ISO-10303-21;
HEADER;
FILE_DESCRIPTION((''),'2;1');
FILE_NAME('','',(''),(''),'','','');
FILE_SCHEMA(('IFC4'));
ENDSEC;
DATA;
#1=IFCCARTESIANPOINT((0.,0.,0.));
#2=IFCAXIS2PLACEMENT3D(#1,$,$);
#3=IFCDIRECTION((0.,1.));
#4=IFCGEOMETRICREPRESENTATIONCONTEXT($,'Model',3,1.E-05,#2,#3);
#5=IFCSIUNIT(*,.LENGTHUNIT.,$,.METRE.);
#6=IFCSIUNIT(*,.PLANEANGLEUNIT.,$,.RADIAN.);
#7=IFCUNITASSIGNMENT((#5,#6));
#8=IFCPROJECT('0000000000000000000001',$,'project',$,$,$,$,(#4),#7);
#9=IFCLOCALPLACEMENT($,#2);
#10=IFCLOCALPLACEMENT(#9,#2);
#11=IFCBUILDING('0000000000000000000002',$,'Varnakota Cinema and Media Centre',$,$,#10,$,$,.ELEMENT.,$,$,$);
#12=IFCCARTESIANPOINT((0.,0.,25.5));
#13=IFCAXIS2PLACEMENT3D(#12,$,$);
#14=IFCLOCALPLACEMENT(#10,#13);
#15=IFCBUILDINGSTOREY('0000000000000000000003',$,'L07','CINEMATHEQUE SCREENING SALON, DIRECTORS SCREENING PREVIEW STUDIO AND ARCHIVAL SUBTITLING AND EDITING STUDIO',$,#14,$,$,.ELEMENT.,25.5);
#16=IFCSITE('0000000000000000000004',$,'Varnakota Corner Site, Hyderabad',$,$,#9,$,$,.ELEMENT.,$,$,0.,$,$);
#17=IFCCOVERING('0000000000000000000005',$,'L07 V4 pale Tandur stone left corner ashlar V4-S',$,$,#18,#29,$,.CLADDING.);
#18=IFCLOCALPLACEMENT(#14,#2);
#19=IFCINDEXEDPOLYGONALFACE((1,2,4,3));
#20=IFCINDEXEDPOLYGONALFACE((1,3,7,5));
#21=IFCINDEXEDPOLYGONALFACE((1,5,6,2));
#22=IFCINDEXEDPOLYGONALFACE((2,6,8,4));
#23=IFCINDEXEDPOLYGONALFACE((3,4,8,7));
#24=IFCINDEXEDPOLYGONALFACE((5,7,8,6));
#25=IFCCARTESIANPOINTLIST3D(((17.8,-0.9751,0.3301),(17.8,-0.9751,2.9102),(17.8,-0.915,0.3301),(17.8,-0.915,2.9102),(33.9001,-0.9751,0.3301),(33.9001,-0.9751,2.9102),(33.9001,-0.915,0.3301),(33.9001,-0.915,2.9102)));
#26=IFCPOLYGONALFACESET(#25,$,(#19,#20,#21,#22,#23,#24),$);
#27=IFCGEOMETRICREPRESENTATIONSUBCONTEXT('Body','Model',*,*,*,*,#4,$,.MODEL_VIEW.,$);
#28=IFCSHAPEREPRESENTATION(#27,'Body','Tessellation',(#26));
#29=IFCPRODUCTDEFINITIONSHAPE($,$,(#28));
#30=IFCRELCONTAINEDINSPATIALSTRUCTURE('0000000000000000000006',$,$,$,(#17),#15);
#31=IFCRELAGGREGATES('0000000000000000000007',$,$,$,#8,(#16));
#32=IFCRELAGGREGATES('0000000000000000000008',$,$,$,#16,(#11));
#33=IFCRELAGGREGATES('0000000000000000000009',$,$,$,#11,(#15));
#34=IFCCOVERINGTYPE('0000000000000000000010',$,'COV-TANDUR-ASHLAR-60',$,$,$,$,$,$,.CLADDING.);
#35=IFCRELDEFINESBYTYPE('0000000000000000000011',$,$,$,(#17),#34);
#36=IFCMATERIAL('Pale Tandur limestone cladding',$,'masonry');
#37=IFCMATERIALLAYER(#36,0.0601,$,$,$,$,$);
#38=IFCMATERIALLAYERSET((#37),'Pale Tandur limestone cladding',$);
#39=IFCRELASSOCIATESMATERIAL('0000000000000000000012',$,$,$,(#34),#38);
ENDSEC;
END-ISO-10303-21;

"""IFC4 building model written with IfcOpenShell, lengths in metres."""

from ifc_helpers import new_model, si_unit, direction, frame, origin, origin_2d, place, context, subcontext, project, spatial, rectangle, extrude, material, layer, layer_set, type_object, element, save


model = new_model("IFC4")

# Units and contexts
model_context = context("Model", 3, precision=1e-05, world=origin(), true_north=direction((0.0, 1.0)))
body_context = subcontext(model_context, "Body", "Model", "MODEL_VIEW")
ifc_project = project(units=[si_unit("LENGTHUNIT", "METRE"), si_unit("PLANEANGLEUNIT", "RADIAN")], contexts=[model_context])

# Site, building, storey
site_placement = place(None, origin())
site = spatial("IfcSite", under=ifc_project, at=site_placement, Name="Varnakota Corner Site, Hyderabad", CompositionType="ELEMENT", RefElevation=0.0)
building_placement = place(site_placement, origin())
building = spatial("IfcBuilding", under=site, at=building_placement, Name="Varnakota Cinema and Media Centre", CompositionType="ELEMENT")
storey_placement = place(building_placement, frame((0.0, 0.0, 25.5)))
storey = spatial("IfcBuildingStorey", under=building, at=storey_placement, Name="L07", Description="CINEMATHEQUE SCREENING SALON, DIRECTORS SCREENING PREVIEW STUDIO AND ARCHIVAL SUBTITLING AND EDITING STUDIO", CompositionType="ELEMENT", Elevation=25.5)

# Covering
ifc_material_1 = material(Name="Pale Tandur limestone cladding", Category="masonry")
ifc_layer_1 = layer(ifc_material_1, 0.0601)
ifc_layer_set_1 = layer_set([ifc_layer_1], Name="Pale Tandur limestone cladding")
covering_type = type_object("IfcCoveringType", Name="COV-TANDUR-ASHLAR-60", PredefinedType="CLADDING", material=ifc_layer_set_1)
covering_placement = place(storey_placement, frame((25.8501, -0.9451, 0.3301), z_axis=(0.0, 0.0, 1.0), x_axis=(-1.0, 0.0, 0.0)))
element("IfcCovering", 1, at=covering_placement, inside=storey, type_object=covering_type, Name="L07 V4 pale Tandur stone left corner ashlar V4-S", PredefinedType="CLADDING", context=body_context, shape_type="SweptSolid", body=[
    extrude(rectangle(XDim=16.1001, YDim=0.0601, at=origin_2d()), origin(), (0.0, 0.0, 1.0), 2.5801),
])

save(model, "model.ifc")
